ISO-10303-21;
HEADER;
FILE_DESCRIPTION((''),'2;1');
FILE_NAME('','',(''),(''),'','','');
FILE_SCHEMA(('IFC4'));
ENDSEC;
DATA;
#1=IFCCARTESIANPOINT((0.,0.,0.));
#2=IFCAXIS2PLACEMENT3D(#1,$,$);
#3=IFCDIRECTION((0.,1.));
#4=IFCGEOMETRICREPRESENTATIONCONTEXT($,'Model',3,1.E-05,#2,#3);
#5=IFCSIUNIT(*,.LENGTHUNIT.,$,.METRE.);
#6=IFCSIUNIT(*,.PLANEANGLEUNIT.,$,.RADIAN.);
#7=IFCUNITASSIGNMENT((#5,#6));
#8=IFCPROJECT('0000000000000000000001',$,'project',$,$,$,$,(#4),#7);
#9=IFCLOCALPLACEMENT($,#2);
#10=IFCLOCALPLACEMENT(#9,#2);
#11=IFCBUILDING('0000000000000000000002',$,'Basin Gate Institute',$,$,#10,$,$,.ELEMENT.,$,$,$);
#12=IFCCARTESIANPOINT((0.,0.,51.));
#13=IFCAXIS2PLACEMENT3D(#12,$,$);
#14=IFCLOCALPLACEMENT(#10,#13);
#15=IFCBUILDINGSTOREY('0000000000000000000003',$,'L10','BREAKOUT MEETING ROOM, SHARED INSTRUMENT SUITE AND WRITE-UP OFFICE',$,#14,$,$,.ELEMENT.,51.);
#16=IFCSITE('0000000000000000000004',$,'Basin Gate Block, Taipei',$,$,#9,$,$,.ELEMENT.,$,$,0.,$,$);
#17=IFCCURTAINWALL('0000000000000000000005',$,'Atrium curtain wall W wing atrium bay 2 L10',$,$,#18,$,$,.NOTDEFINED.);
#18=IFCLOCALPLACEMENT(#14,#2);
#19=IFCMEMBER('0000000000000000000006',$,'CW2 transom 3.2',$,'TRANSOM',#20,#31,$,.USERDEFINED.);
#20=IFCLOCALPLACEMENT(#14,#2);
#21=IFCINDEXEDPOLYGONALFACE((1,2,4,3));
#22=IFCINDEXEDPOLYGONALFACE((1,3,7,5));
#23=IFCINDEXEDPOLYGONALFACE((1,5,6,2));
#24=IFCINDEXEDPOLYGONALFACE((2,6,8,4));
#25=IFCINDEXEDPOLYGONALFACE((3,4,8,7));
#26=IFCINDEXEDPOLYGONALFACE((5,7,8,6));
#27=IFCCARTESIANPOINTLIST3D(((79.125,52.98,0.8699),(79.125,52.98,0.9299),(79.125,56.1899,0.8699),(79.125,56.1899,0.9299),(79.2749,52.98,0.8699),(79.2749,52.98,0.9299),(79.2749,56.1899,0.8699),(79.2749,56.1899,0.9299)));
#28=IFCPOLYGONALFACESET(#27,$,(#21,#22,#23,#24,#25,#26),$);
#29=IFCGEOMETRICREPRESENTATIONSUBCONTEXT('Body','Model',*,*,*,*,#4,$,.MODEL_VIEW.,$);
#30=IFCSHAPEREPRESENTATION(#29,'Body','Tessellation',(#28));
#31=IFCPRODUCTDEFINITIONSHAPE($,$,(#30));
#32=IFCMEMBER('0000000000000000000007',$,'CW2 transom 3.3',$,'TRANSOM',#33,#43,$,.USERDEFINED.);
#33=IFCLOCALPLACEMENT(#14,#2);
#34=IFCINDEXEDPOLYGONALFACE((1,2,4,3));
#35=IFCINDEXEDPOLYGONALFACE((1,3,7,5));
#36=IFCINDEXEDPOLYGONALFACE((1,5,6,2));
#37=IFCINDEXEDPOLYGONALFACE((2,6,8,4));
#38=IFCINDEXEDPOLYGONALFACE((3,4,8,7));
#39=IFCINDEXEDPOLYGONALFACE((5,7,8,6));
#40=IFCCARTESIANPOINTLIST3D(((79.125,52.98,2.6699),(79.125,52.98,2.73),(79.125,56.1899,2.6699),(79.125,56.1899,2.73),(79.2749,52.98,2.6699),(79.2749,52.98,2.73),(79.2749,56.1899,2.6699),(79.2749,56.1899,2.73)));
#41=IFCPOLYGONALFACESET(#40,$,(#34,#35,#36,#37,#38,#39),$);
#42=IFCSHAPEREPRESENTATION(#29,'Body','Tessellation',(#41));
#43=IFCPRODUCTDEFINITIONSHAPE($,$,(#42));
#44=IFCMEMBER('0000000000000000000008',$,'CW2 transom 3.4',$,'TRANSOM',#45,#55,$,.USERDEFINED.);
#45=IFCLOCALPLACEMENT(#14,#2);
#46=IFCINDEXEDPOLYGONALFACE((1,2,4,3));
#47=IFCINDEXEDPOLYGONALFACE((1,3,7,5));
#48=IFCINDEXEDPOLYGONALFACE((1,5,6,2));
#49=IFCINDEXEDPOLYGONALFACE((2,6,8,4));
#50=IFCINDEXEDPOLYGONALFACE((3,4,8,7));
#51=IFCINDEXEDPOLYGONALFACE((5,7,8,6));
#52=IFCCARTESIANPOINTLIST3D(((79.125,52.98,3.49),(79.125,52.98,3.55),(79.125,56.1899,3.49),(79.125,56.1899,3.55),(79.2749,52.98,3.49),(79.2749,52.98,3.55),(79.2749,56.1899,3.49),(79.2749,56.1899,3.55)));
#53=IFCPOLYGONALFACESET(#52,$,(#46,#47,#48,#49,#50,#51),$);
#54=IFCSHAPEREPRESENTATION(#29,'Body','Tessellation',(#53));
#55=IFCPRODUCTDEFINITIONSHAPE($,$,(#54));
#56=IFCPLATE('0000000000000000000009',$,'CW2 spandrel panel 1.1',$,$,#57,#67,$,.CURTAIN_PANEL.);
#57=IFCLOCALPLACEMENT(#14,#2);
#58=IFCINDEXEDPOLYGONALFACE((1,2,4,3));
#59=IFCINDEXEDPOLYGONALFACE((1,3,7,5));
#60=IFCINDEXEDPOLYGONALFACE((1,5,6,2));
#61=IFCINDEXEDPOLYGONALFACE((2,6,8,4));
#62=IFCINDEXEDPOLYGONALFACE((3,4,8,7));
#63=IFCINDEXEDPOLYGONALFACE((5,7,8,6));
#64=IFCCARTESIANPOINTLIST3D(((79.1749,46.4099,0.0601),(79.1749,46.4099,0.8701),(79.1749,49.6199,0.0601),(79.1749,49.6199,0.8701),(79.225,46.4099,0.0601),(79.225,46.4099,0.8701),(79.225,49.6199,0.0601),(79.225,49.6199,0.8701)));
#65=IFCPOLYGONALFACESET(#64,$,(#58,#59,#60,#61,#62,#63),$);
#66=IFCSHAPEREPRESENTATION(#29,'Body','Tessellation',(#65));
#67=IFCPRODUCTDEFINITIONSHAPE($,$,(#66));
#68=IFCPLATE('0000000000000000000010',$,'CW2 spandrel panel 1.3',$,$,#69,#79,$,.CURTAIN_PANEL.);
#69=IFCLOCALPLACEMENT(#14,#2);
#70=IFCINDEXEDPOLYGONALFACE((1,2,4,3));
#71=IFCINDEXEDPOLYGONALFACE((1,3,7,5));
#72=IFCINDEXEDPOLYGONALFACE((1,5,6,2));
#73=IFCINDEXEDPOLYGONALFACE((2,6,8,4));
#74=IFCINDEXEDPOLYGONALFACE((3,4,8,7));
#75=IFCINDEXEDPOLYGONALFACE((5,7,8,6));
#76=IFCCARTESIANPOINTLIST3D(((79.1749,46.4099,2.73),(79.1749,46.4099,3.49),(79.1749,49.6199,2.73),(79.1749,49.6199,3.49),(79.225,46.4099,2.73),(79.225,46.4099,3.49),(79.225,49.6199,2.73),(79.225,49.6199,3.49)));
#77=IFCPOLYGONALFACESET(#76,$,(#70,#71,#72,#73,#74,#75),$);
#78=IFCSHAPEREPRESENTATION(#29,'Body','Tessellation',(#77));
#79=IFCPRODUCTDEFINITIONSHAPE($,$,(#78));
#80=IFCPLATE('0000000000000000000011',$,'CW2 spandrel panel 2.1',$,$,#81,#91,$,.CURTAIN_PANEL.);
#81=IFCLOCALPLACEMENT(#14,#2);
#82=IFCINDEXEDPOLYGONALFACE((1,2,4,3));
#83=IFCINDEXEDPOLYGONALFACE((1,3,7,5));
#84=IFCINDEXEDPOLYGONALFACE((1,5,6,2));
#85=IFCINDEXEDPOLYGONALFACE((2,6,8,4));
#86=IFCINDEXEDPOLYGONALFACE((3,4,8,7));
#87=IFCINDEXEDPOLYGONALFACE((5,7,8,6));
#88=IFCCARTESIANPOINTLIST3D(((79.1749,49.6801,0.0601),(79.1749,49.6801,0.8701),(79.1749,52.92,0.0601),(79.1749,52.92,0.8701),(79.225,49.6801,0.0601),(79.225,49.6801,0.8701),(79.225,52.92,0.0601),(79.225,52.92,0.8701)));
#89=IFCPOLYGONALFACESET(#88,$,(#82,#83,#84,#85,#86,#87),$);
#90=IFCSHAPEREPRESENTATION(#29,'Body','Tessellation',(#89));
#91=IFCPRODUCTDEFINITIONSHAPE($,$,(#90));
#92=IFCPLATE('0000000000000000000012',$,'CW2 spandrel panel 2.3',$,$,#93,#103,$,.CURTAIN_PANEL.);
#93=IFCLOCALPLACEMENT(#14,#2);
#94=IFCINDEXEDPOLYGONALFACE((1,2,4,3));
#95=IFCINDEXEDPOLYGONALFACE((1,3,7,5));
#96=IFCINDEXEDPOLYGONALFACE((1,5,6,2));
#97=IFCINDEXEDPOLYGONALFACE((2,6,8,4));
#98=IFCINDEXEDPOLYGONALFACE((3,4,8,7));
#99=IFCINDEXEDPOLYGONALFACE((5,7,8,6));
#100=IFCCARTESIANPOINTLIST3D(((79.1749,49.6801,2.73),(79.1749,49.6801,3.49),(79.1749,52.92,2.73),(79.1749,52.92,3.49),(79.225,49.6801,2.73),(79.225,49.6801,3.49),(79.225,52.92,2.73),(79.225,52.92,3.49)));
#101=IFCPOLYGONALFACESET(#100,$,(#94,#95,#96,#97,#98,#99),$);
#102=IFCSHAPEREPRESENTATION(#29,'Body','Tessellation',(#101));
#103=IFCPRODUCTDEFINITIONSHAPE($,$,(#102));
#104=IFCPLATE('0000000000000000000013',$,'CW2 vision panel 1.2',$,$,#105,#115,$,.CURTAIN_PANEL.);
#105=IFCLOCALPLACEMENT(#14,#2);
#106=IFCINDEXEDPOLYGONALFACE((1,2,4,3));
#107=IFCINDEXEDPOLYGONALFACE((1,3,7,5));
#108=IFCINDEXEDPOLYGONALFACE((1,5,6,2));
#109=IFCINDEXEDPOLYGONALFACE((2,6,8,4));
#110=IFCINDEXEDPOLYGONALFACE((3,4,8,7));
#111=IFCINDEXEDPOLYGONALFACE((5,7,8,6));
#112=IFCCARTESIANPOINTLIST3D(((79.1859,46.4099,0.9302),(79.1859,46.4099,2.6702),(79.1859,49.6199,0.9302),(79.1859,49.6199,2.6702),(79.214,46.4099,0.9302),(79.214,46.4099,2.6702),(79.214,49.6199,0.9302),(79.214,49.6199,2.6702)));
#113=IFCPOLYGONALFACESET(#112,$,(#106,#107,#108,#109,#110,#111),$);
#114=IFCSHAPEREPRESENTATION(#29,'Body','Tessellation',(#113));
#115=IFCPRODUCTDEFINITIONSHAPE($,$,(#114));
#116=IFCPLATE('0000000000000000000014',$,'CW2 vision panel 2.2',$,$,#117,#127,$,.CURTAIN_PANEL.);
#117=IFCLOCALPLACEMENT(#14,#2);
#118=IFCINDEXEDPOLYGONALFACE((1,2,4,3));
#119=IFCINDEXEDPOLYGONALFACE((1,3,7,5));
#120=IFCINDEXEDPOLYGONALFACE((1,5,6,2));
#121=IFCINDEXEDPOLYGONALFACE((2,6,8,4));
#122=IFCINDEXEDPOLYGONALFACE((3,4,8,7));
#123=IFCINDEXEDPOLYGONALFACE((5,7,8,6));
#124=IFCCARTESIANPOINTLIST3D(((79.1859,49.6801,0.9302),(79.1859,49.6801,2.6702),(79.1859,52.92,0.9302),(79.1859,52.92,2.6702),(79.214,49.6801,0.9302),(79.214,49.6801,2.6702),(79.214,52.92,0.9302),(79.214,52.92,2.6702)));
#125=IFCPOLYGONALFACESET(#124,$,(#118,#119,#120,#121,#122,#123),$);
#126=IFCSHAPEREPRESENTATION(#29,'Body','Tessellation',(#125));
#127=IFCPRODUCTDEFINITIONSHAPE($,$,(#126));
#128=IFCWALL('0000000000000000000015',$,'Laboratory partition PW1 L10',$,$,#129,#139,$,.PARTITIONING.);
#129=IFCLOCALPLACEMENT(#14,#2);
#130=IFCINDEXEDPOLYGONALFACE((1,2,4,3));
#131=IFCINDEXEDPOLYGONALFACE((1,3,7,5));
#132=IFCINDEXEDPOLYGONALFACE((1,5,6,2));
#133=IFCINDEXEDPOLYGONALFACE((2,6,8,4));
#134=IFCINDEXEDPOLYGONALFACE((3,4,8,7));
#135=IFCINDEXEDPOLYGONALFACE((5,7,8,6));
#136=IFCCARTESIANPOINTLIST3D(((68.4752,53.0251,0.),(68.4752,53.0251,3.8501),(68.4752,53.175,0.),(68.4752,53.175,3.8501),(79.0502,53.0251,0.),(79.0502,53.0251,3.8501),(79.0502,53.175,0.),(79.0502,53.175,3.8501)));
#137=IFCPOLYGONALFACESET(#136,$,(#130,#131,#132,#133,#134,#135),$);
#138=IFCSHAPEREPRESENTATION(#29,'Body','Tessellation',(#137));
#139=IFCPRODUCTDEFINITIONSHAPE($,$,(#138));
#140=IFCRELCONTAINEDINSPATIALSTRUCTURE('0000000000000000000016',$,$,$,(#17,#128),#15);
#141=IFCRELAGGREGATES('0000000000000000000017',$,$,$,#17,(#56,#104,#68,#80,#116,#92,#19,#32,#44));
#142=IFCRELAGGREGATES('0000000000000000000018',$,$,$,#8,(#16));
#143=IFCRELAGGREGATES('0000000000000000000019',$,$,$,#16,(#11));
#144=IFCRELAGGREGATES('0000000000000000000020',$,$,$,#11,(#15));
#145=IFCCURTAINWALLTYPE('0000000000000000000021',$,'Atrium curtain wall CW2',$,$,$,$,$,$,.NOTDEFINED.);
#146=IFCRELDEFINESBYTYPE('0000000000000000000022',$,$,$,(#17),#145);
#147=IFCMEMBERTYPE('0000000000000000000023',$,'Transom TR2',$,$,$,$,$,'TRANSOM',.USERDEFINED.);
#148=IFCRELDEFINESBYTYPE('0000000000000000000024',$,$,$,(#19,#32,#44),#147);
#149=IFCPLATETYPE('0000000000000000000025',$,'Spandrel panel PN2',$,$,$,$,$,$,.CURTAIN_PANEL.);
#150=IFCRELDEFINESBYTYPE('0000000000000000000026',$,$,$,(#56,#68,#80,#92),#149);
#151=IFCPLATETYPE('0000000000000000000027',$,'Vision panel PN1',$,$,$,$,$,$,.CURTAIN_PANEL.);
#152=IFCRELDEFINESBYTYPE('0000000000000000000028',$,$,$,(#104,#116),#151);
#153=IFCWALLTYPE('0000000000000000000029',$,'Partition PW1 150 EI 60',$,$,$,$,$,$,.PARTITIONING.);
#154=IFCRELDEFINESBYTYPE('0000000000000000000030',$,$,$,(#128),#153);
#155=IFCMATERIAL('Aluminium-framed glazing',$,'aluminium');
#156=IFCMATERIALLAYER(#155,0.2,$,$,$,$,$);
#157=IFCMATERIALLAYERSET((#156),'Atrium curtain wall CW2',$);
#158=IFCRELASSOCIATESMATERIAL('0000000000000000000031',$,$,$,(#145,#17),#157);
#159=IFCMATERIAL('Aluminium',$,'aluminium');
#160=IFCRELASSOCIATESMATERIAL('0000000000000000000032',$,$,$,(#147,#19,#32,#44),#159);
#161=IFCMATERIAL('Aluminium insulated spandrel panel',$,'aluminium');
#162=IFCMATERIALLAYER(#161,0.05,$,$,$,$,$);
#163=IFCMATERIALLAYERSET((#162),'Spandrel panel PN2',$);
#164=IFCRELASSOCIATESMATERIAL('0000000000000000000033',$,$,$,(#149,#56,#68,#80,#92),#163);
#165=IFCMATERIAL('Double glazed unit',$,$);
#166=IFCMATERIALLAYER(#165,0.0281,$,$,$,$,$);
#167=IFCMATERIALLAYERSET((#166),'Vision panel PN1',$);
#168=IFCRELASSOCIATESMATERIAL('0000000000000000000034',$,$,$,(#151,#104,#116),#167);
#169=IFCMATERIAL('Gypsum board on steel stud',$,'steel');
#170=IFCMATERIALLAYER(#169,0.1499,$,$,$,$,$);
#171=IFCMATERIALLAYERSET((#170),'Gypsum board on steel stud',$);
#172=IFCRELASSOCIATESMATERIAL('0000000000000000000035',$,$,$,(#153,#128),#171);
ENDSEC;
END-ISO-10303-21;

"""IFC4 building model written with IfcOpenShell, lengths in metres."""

from ifc_helpers import new_model, si_unit, direction, frame, frame_2d, origin, origin_2d, place, context, subcontext, project, spatial, rectangle, extrude, material, layer, layer_set, material_profile, profile_set, type_object, element, aggregate, save


model = new_model("IFC4")

# Units and contexts
model_context = context("Model", 3, precision=1e-05, world=origin(), true_north=direction((0.0, 1.0)))
body_context = subcontext(model_context, "Body", "Model", "MODEL_VIEW")
ifc_project = project(units=[si_unit("LENGTHUNIT", "METRE"), si_unit("PLANEANGLEUNIT", "RADIAN")], contexts=[model_context])

# Site, building, storey
site_placement = place(None, origin())
site = spatial("IfcSite", under=ifc_project, at=site_placement, Name="Basin Gate Block, Taipei", CompositionType="ELEMENT", RefElevation=0.0)
building_placement = place(site_placement, origin())
building = spatial("IfcBuilding", under=site, at=building_placement, Name="Basin Gate Institute", CompositionType="ELEMENT")
storey_placement = place(building_placement, frame((0.0, 0.0, 51.0)))
storey = spatial("IfcBuildingStorey", under=building, at=storey_placement, Name="L10", Description="BREAKOUT MEETING ROOM, SHARED INSTRUMENT SUITE AND WRITE-UP OFFICE", CompositionType="ELEMENT", Elevation=51.0)

# Curtain wall
ifc_material_1 = material(Name="Aluminium-framed glazing", Category="aluminium")
ifc_layer_1 = layer(ifc_material_1, 0.2)
ifc_layer_set_1 = layer_set([ifc_layer_1], Name="Atrium curtain wall CW2")
curtain_wall_type = type_object("IfcCurtainWallType", Name="Atrium curtain wall CW2", PredefinedType="NOTDEFINED", material=ifc_layer_set_1)
curtain_wall_placement = place(storey_placement, origin())
curtain_wall = element("IfcCurtainWall", 1, at=curtain_wall_placement, inside=storey, type_object=curtain_wall_type, material=ifc_layer_set_1, Name="Atrium curtain wall W wing atrium bay 2 L10", PredefinedType="NOTDEFINED")

# Members
ifc_material_2 = material(Name="Aluminium", Category="aluminium")
ifc_material_profile_1 = material_profile(ifc_material_2, rectangle(XDim=0.1499, YDim=0.0601, at=origin_2d()), Name="Transom TR2 150 x 60")
ifc_profile_set_1 = profile_set([ifc_material_profile_1], Name="Aluminium")
member_type_1 = type_object("IfcMemberType", Name="Transom TR2", ElementType="TRANSOM", PredefinedType="USERDEFINED", material=ifc_profile_set_1)
member_1_placement = place(storey_placement, frame((79.2, 52.98, 0.8999), z_axis=(0.0, 1.0, 0.0), x_axis=(-1.0, 0.0, 0.0)))
member_1 = element("IfcMember", 2, at=member_1_placement, type_object=member_type_1, material=ifc_profile_set_1, Name="CW2 transom 3.2", ObjectType="TRANSOM", PredefinedType="USERDEFINED", context=body_context, shape_type="SweptSolid", body=[
    extrude(rectangle(XDim=0.1499, YDim=0.0601, at=origin_2d()), origin(), (0.0, 0.0, 1.0), 3.21),
])
member_2_placement = place(storey_placement, frame((79.2, 52.98, 2.7), z_axis=(0.0, 1.0, 0.0), x_axis=(-1.0, 0.0, 0.0)))
member_2 = element("IfcMember", 3, at=member_2_placement, type_object=member_type_1, material=ifc_profile_set_1, Name="CW2 transom 3.3", ObjectType="TRANSOM", PredefinedType="USERDEFINED", context=body_context, shape_type="SweptSolid", body=[
    extrude(rectangle(XDim=0.1499, YDim=0.0601, at=origin_2d()), origin(), (0.0, 0.0, 1.0), 3.21),
])
member_3_placement = place(storey_placement, frame((79.2, 52.98, 3.52), z_axis=(0.0, 1.0, 0.0), x_axis=(-1.0, 0.0, 0.0)))
member_3 = element("IfcMember", 4, at=member_3_placement, type_object=member_type_1, material=ifc_profile_set_1, Name="CW2 transom 3.4", ObjectType="TRANSOM", PredefinedType="USERDEFINED", context=body_context, shape_type="SweptSolid", body=[
    extrude(rectangle(XDim=0.1499, YDim=0.0601, at=origin_2d()), origin(), (0.0, 0.0, 1.0), 3.21),
])

# Plates
ifc_material_3 = material(Name="Aluminium insulated spandrel panel", Category="aluminium")
ifc_layer_2 = layer(ifc_material_3, 0.05)
ifc_layer_set_2 = layer_set([ifc_layer_2], Name="Spandrel panel PN2")
plate_type_1 = type_object("IfcPlateType", Name="Spandrel panel PN2", PredefinedType="CURTAIN_PANEL", material=ifc_layer_set_2)
plate_1_placement = place(storey_placement, frame((79.2, 48.0149, 0.0601), z_axis=(0.0, 0.0, 1.0), x_axis=(0.0, 1.0, 0.0)))
plate_1 = element("IfcPlate", 5, at=plate_1_placement, type_object=plate_type_1, material=ifc_layer_set_2, Name="CW2 spandrel panel 1.1", PredefinedType="CURTAIN_PANEL", context=body_context, shape_type="SweptSolid", body=[
    extrude(rectangle(XDim=3.21, YDim=0.05, at=origin_2d()), origin(), (0.0, 0.0, 1.0), 0.8101),
])
plate_2_placement = place(storey_placement, frame((79.2, 48.0149, 2.73), z_axis=(0.0, 0.0, 1.0), x_axis=(0.0, 1.0, 0.0)))
plate_2 = element("IfcPlate", 6, at=plate_2_placement, type_object=plate_type_1, material=ifc_layer_set_2, Name="CW2 spandrel panel 1.3", PredefinedType="CURTAIN_PANEL", context=body_context, shape_type="SweptSolid", body=[
    extrude(rectangle(XDim=3.21, YDim=0.05, at=origin_2d()), origin(), (0.0, 0.0, 1.0), 0.76),
])
plate_3_placement = place(storey_placement, frame((79.2, 51.3, 0.0601), z_axis=(0.0, 0.0, 1.0), x_axis=(0.0, 1.0, 0.0)))
plate_3 = element("IfcPlate", 7, at=plate_3_placement, type_object=plate_type_1, material=ifc_layer_set_2, Name="CW2 spandrel panel 2.1", PredefinedType="CURTAIN_PANEL", context=body_context, shape_type="SweptSolid", body=[
    extrude(rectangle(XDim=3.24, YDim=0.05, at=origin_2d()), origin(), (0.0, 0.0, 1.0), 0.8101),
])
plate_4_placement = place(storey_placement, frame((79.2, 51.3, 2.73), z_axis=(0.0, 0.0, 1.0), x_axis=(0.0, 1.0, 0.0)))
plate_4 = element("IfcPlate", 8, at=plate_4_placement, type_object=plate_type_1, material=ifc_layer_set_2, Name="CW2 spandrel panel 2.3", PredefinedType="CURTAIN_PANEL", context=body_context, shape_type="SweptSolid", body=[
    extrude(rectangle(XDim=3.24, YDim=0.05, at=origin_2d()), origin(), (0.0, 0.0, 1.0), 0.76),
])
ifc_material_4 = material(Name="Double glazed unit")
ifc_layer_3 = layer(ifc_material_4, 0.0281)
ifc_layer_set_3 = layer_set([ifc_layer_3], Name="Vision panel PN1")
plate_type_2 = type_object("IfcPlateType", Name="Vision panel PN1", PredefinedType="CURTAIN_PANEL", material=ifc_layer_set_3)
plate_5_placement = place(storey_placement, frame((79.2, 48.0149, 0.9302), z_axis=(0.0, 0.0, 1.0), x_axis=(0.0, 1.0, 0.0)))
plate_5 = element("IfcPlate", 9, at=plate_5_placement, type_object=plate_type_2, material=ifc_layer_set_3, Name="CW2 vision panel 1.2", PredefinedType="CURTAIN_PANEL", context=body_context, shape_type="SweptSolid", body=[
    extrude(rectangle(XDim=3.21, YDim=0.0281, at=origin_2d()), origin(), (0.0, 0.0, 1.0), 1.74),
])
plate_6_placement = place(storey_placement, frame((79.2, 51.3, 0.9302), z_axis=(0.0, 0.0, 1.0), x_axis=(0.0, 1.0, 0.0)))
plate_6 = element("IfcPlate", 10, at=plate_6_placement, type_object=plate_type_2, material=ifc_layer_set_3, Name="CW2 vision panel 2.2", PredefinedType="CURTAIN_PANEL", context=body_context, shape_type="SweptSolid", body=[
    extrude(rectangle(XDim=3.24, YDim=0.0281, at=origin_2d()), origin(), (0.0, 0.0, 1.0), 1.74),
])
aggregate(curtain_wall, [plate_1, plate_5, plate_2, plate_3, plate_6, plate_4, member_1, member_2, member_3])

# Wall
ifc_material_5 = material(Name="Gypsum board on steel stud", Category="steel")
ifc_layer_4 = layer(ifc_material_5, 0.1499)
ifc_layer_set_4 = layer_set([ifc_layer_4], Name="Gypsum board on steel stud")
wall_type = type_object("IfcWallType", Name="Partition PW1 150 EI 60", PredefinedType="PARTITIONING", material=ifc_layer_set_4)
wall_placement = place(storey_placement, frame((68.4751, 53.1001, 0.0), z_axis=(0.0, 0.0, 1.0), x_axis=(1.0, 0.0, 0.0)))
element("IfcWall", 11, at=wall_placement, inside=storey, type_object=wall_type, material=ifc_layer_set_4, Name="Laboratory partition PW1 L10", PredefinedType="PARTITIONING", context=body_context, shape_type="SweptSolid", body=[
    extrude(rectangle(XDim=10.575, YDim=0.1499, at=frame_2d((5.2876, 0.0))), origin(), (0.0, 0.0, 1.0), 3.8501),
])

save(model, "model.ifc")
